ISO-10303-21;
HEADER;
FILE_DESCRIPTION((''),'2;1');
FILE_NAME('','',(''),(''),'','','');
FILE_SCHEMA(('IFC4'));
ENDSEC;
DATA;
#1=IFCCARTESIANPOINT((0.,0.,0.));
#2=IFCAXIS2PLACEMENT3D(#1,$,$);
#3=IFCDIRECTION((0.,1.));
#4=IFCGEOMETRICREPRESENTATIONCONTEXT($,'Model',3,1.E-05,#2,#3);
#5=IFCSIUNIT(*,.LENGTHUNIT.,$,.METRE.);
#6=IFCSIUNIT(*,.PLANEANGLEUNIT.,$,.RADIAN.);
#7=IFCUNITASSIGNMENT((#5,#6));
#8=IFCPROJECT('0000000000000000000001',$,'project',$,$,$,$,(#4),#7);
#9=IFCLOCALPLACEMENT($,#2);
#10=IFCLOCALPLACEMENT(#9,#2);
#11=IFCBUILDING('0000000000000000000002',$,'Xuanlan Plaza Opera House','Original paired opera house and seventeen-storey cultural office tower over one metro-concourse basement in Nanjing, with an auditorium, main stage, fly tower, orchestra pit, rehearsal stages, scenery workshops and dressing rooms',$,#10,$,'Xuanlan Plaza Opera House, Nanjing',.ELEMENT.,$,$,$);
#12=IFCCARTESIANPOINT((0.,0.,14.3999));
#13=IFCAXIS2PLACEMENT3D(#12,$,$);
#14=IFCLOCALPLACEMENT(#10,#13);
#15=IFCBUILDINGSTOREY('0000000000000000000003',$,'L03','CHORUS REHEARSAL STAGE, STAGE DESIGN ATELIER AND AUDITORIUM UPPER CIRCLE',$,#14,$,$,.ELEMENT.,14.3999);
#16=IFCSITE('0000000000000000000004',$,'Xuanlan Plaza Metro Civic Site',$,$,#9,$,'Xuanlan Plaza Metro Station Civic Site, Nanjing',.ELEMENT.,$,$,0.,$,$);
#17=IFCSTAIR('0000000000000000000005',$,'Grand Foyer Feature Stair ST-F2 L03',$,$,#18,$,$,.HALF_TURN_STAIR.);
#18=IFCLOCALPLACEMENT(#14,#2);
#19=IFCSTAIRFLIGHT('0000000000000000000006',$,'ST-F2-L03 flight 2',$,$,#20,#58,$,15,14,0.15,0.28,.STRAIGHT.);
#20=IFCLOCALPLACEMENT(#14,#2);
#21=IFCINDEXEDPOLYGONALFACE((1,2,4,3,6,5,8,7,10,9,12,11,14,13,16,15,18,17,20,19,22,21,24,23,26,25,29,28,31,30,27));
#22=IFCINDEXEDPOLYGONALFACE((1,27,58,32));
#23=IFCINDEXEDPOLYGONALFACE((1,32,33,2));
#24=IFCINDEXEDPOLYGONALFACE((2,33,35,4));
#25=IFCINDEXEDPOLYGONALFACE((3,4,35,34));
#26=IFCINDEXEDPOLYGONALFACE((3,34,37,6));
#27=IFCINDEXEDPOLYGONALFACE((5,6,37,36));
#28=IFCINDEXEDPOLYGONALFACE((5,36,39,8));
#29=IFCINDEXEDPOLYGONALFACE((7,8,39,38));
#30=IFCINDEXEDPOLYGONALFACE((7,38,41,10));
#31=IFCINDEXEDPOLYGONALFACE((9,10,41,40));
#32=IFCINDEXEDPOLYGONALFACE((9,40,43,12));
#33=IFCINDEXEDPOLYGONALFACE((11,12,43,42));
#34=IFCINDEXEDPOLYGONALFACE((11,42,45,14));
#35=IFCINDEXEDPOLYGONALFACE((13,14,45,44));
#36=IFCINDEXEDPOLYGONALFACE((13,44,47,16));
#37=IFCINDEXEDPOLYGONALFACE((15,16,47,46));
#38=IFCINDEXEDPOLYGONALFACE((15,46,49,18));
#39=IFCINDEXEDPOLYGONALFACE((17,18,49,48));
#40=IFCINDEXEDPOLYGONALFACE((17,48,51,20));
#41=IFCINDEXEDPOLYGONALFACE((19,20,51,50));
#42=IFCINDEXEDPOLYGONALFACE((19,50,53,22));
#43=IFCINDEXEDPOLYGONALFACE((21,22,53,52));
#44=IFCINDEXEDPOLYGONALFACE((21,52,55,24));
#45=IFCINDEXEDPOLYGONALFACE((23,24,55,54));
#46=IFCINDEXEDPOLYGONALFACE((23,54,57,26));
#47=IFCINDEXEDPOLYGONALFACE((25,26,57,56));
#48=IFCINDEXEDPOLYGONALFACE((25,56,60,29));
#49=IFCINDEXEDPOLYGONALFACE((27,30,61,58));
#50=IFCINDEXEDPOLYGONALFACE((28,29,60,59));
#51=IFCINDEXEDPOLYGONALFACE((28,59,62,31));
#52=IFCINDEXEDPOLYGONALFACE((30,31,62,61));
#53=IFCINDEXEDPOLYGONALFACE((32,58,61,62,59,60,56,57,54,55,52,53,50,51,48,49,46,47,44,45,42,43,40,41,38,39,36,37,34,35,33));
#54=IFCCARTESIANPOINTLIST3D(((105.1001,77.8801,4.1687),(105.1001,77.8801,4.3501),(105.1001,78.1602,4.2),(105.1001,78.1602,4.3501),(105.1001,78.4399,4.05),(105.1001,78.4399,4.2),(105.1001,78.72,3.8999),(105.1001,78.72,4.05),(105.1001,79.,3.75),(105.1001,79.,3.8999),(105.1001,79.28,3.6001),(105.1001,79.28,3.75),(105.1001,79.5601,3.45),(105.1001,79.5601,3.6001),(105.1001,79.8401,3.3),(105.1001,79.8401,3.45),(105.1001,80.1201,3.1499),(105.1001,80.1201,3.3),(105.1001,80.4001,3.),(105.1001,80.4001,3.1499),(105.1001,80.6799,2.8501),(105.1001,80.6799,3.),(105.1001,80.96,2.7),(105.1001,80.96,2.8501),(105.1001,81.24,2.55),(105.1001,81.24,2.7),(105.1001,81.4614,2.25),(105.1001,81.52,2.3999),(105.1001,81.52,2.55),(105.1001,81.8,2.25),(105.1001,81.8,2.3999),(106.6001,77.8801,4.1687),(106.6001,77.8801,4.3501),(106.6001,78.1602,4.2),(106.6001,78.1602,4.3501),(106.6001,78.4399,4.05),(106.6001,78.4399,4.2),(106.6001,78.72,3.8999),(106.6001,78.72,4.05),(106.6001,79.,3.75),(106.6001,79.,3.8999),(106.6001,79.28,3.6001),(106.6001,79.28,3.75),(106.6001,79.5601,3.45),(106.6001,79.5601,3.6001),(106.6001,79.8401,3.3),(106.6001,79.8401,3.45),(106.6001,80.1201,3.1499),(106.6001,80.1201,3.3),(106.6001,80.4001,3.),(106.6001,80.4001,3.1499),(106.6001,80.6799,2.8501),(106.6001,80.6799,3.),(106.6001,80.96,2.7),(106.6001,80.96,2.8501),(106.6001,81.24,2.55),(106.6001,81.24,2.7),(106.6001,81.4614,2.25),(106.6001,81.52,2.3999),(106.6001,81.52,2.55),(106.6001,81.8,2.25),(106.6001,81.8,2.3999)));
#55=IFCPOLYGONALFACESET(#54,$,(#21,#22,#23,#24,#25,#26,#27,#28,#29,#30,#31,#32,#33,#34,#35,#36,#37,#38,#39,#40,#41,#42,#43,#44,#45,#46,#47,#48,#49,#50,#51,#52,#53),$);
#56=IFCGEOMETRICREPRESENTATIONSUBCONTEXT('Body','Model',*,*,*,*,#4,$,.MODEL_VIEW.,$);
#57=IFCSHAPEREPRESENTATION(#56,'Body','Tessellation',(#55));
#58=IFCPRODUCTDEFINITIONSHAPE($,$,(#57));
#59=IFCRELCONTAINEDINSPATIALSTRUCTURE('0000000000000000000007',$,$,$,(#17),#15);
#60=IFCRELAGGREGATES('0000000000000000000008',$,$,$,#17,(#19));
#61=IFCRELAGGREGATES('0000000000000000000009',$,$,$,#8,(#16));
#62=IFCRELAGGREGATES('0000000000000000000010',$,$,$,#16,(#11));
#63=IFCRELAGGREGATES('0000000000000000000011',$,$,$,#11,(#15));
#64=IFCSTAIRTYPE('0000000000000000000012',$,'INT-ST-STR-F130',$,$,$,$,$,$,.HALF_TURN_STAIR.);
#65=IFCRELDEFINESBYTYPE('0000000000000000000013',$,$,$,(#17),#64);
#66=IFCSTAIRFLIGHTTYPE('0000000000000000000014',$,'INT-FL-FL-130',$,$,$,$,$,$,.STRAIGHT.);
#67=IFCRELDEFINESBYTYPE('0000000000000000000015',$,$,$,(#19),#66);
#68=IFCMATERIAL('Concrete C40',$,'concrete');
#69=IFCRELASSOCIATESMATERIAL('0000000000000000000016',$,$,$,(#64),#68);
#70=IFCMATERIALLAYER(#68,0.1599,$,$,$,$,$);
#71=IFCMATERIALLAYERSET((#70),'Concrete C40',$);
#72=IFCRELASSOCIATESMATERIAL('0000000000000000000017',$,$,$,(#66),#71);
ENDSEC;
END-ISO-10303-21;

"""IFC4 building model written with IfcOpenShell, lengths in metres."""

from ifc_helpers import new_model, si_unit, direction, frame, origin, place, context, subcontext, project, spatial, polyline, outline, extrude, material, layer, layer_set, type_object, element, aggregate, save


model = new_model("IFC4")

# Units and contexts
model_context = context("Model", 3, precision=1e-05, world=origin(), true_north=direction((0.0, 1.0)))
body_context = subcontext(model_context, "Body", "Model", "MODEL_VIEW")
ifc_project = project(units=[si_unit("LENGTHUNIT", "METRE"), si_unit("PLANEANGLEUNIT", "RADIAN")], contexts=[model_context])

# Site, building, storey
site_placement = place(None, origin())
site = spatial("IfcSite", under=ifc_project, at=site_placement, Name="Xuanlan Plaza Metro Civic Site", LongName="Xuanlan Plaza Metro Station Civic Site, Nanjing", CompositionType="ELEMENT", RefElevation=0.0)
building_placement = place(site_placement, origin())
building = spatial("IfcBuilding", under=site, at=building_placement, Name="Xuanlan Plaza Opera House", Description="Original paired opera house and seventeen-storey cultural office tower over one metro-concourse basement in Nanjing, with an auditorium, main stage, fly tower, orchestra pit, rehearsal stages, scenery workshops and dressing rooms", LongName="Xuanlan Plaza Opera House, Nanjing", CompositionType="ELEMENT")
storey_placement = place(building_placement, frame((0.0, 0.0, 14.3999)))
storey = spatial("IfcBuildingStorey", under=building, at=storey_placement, Name="L03", Description="CHORUS REHEARSAL STAGE, STAGE DESIGN ATELIER AND AUDITORIUM UPPER CIRCLE", CompositionType="ELEMENT", Elevation=14.3999)

# Shared definitions
ifc_material_1 = material(Name="Concrete C40", Category="concrete")

# Stair, stair flight
stair_type = type_object("IfcStairType", Name="INT-ST-STR-F130", PredefinedType="HALF_TURN_STAIR", material=ifc_material_1)
stair_placement = place(storey_placement, origin())
stair = element("IfcStair", 1, at=stair_placement, inside=storey, type_object=stair_type, Name="Grand Foyer Feature Stair ST-F2 L03", PredefinedType="HALF_TURN_STAIR")
ifc_layer_1 = layer(ifc_material_1, 0.1599)
ifc_layer_set_1 = layer_set([ifc_layer_1], Name="Concrete C40")
stair_flight_type = type_object("IfcStairFlightType", Name="INT-FL-FL-130", PredefinedType="STRAIGHT", material=ifc_layer_set_1)
stair_flight_placement = place(storey_placement, frame((105.8501, 81.8, 2.25), z_axis=(0.0, 0.0, 1.0), x_axis=(0.0, -1.0, 0.0)))
stair_flight = element("IfcStairFlight", 2, at=stair_flight_placement, type_object=stair_flight_type, Name="ST-F2-L03 flight 2", NumberOfRisers=15, NumberOfTreads=14, PredefinedType="STRAIGHT", RiserHeight=0.15, TreadLength=0.28, context=body_context, shape_type="SweptSolid", body=[
    extrude(outline(polyline([(0.0, 0.0), (0.0, 0.1499), (0.28, 0.1499), (0.28, 0.3), (0.5601, 0.3), (0.5601, 0.45), (0.8401, 0.45), (0.8401, 0.6001), (1.1201, 0.6001), (1.1201, 0.75), (1.3999, 0.75), (1.3999, 0.8999), (1.6799, 0.8999), (1.6799, 1.05), (1.96, 1.05), (1.96, 1.2), (2.24, 1.2), (2.24, 1.3501), (2.52, 1.3501), (2.52, 1.5), (2.8, 1.5), (2.8, 1.6499), (3.0801, 1.6499), (3.0801, 1.8), (3.3601, 1.8), (3.3601, 1.95), (3.6399, 1.95), (3.6399, 2.1001), (3.9199, 2.1001), (3.9199, 2.25), (3.9199, 1.9187), (0.3386, 0.0), (0.0, 0.0)])), frame((0.0, 0.75, 0.0), z_axis=(0.0, -1.0, 0.0), x_axis=(1.0, 0.0, 0.0)), (0.0, 0.0, 1.0), 1.5),
])
aggregate(stair, [stair_flight])

save(model, "model.ifc")
